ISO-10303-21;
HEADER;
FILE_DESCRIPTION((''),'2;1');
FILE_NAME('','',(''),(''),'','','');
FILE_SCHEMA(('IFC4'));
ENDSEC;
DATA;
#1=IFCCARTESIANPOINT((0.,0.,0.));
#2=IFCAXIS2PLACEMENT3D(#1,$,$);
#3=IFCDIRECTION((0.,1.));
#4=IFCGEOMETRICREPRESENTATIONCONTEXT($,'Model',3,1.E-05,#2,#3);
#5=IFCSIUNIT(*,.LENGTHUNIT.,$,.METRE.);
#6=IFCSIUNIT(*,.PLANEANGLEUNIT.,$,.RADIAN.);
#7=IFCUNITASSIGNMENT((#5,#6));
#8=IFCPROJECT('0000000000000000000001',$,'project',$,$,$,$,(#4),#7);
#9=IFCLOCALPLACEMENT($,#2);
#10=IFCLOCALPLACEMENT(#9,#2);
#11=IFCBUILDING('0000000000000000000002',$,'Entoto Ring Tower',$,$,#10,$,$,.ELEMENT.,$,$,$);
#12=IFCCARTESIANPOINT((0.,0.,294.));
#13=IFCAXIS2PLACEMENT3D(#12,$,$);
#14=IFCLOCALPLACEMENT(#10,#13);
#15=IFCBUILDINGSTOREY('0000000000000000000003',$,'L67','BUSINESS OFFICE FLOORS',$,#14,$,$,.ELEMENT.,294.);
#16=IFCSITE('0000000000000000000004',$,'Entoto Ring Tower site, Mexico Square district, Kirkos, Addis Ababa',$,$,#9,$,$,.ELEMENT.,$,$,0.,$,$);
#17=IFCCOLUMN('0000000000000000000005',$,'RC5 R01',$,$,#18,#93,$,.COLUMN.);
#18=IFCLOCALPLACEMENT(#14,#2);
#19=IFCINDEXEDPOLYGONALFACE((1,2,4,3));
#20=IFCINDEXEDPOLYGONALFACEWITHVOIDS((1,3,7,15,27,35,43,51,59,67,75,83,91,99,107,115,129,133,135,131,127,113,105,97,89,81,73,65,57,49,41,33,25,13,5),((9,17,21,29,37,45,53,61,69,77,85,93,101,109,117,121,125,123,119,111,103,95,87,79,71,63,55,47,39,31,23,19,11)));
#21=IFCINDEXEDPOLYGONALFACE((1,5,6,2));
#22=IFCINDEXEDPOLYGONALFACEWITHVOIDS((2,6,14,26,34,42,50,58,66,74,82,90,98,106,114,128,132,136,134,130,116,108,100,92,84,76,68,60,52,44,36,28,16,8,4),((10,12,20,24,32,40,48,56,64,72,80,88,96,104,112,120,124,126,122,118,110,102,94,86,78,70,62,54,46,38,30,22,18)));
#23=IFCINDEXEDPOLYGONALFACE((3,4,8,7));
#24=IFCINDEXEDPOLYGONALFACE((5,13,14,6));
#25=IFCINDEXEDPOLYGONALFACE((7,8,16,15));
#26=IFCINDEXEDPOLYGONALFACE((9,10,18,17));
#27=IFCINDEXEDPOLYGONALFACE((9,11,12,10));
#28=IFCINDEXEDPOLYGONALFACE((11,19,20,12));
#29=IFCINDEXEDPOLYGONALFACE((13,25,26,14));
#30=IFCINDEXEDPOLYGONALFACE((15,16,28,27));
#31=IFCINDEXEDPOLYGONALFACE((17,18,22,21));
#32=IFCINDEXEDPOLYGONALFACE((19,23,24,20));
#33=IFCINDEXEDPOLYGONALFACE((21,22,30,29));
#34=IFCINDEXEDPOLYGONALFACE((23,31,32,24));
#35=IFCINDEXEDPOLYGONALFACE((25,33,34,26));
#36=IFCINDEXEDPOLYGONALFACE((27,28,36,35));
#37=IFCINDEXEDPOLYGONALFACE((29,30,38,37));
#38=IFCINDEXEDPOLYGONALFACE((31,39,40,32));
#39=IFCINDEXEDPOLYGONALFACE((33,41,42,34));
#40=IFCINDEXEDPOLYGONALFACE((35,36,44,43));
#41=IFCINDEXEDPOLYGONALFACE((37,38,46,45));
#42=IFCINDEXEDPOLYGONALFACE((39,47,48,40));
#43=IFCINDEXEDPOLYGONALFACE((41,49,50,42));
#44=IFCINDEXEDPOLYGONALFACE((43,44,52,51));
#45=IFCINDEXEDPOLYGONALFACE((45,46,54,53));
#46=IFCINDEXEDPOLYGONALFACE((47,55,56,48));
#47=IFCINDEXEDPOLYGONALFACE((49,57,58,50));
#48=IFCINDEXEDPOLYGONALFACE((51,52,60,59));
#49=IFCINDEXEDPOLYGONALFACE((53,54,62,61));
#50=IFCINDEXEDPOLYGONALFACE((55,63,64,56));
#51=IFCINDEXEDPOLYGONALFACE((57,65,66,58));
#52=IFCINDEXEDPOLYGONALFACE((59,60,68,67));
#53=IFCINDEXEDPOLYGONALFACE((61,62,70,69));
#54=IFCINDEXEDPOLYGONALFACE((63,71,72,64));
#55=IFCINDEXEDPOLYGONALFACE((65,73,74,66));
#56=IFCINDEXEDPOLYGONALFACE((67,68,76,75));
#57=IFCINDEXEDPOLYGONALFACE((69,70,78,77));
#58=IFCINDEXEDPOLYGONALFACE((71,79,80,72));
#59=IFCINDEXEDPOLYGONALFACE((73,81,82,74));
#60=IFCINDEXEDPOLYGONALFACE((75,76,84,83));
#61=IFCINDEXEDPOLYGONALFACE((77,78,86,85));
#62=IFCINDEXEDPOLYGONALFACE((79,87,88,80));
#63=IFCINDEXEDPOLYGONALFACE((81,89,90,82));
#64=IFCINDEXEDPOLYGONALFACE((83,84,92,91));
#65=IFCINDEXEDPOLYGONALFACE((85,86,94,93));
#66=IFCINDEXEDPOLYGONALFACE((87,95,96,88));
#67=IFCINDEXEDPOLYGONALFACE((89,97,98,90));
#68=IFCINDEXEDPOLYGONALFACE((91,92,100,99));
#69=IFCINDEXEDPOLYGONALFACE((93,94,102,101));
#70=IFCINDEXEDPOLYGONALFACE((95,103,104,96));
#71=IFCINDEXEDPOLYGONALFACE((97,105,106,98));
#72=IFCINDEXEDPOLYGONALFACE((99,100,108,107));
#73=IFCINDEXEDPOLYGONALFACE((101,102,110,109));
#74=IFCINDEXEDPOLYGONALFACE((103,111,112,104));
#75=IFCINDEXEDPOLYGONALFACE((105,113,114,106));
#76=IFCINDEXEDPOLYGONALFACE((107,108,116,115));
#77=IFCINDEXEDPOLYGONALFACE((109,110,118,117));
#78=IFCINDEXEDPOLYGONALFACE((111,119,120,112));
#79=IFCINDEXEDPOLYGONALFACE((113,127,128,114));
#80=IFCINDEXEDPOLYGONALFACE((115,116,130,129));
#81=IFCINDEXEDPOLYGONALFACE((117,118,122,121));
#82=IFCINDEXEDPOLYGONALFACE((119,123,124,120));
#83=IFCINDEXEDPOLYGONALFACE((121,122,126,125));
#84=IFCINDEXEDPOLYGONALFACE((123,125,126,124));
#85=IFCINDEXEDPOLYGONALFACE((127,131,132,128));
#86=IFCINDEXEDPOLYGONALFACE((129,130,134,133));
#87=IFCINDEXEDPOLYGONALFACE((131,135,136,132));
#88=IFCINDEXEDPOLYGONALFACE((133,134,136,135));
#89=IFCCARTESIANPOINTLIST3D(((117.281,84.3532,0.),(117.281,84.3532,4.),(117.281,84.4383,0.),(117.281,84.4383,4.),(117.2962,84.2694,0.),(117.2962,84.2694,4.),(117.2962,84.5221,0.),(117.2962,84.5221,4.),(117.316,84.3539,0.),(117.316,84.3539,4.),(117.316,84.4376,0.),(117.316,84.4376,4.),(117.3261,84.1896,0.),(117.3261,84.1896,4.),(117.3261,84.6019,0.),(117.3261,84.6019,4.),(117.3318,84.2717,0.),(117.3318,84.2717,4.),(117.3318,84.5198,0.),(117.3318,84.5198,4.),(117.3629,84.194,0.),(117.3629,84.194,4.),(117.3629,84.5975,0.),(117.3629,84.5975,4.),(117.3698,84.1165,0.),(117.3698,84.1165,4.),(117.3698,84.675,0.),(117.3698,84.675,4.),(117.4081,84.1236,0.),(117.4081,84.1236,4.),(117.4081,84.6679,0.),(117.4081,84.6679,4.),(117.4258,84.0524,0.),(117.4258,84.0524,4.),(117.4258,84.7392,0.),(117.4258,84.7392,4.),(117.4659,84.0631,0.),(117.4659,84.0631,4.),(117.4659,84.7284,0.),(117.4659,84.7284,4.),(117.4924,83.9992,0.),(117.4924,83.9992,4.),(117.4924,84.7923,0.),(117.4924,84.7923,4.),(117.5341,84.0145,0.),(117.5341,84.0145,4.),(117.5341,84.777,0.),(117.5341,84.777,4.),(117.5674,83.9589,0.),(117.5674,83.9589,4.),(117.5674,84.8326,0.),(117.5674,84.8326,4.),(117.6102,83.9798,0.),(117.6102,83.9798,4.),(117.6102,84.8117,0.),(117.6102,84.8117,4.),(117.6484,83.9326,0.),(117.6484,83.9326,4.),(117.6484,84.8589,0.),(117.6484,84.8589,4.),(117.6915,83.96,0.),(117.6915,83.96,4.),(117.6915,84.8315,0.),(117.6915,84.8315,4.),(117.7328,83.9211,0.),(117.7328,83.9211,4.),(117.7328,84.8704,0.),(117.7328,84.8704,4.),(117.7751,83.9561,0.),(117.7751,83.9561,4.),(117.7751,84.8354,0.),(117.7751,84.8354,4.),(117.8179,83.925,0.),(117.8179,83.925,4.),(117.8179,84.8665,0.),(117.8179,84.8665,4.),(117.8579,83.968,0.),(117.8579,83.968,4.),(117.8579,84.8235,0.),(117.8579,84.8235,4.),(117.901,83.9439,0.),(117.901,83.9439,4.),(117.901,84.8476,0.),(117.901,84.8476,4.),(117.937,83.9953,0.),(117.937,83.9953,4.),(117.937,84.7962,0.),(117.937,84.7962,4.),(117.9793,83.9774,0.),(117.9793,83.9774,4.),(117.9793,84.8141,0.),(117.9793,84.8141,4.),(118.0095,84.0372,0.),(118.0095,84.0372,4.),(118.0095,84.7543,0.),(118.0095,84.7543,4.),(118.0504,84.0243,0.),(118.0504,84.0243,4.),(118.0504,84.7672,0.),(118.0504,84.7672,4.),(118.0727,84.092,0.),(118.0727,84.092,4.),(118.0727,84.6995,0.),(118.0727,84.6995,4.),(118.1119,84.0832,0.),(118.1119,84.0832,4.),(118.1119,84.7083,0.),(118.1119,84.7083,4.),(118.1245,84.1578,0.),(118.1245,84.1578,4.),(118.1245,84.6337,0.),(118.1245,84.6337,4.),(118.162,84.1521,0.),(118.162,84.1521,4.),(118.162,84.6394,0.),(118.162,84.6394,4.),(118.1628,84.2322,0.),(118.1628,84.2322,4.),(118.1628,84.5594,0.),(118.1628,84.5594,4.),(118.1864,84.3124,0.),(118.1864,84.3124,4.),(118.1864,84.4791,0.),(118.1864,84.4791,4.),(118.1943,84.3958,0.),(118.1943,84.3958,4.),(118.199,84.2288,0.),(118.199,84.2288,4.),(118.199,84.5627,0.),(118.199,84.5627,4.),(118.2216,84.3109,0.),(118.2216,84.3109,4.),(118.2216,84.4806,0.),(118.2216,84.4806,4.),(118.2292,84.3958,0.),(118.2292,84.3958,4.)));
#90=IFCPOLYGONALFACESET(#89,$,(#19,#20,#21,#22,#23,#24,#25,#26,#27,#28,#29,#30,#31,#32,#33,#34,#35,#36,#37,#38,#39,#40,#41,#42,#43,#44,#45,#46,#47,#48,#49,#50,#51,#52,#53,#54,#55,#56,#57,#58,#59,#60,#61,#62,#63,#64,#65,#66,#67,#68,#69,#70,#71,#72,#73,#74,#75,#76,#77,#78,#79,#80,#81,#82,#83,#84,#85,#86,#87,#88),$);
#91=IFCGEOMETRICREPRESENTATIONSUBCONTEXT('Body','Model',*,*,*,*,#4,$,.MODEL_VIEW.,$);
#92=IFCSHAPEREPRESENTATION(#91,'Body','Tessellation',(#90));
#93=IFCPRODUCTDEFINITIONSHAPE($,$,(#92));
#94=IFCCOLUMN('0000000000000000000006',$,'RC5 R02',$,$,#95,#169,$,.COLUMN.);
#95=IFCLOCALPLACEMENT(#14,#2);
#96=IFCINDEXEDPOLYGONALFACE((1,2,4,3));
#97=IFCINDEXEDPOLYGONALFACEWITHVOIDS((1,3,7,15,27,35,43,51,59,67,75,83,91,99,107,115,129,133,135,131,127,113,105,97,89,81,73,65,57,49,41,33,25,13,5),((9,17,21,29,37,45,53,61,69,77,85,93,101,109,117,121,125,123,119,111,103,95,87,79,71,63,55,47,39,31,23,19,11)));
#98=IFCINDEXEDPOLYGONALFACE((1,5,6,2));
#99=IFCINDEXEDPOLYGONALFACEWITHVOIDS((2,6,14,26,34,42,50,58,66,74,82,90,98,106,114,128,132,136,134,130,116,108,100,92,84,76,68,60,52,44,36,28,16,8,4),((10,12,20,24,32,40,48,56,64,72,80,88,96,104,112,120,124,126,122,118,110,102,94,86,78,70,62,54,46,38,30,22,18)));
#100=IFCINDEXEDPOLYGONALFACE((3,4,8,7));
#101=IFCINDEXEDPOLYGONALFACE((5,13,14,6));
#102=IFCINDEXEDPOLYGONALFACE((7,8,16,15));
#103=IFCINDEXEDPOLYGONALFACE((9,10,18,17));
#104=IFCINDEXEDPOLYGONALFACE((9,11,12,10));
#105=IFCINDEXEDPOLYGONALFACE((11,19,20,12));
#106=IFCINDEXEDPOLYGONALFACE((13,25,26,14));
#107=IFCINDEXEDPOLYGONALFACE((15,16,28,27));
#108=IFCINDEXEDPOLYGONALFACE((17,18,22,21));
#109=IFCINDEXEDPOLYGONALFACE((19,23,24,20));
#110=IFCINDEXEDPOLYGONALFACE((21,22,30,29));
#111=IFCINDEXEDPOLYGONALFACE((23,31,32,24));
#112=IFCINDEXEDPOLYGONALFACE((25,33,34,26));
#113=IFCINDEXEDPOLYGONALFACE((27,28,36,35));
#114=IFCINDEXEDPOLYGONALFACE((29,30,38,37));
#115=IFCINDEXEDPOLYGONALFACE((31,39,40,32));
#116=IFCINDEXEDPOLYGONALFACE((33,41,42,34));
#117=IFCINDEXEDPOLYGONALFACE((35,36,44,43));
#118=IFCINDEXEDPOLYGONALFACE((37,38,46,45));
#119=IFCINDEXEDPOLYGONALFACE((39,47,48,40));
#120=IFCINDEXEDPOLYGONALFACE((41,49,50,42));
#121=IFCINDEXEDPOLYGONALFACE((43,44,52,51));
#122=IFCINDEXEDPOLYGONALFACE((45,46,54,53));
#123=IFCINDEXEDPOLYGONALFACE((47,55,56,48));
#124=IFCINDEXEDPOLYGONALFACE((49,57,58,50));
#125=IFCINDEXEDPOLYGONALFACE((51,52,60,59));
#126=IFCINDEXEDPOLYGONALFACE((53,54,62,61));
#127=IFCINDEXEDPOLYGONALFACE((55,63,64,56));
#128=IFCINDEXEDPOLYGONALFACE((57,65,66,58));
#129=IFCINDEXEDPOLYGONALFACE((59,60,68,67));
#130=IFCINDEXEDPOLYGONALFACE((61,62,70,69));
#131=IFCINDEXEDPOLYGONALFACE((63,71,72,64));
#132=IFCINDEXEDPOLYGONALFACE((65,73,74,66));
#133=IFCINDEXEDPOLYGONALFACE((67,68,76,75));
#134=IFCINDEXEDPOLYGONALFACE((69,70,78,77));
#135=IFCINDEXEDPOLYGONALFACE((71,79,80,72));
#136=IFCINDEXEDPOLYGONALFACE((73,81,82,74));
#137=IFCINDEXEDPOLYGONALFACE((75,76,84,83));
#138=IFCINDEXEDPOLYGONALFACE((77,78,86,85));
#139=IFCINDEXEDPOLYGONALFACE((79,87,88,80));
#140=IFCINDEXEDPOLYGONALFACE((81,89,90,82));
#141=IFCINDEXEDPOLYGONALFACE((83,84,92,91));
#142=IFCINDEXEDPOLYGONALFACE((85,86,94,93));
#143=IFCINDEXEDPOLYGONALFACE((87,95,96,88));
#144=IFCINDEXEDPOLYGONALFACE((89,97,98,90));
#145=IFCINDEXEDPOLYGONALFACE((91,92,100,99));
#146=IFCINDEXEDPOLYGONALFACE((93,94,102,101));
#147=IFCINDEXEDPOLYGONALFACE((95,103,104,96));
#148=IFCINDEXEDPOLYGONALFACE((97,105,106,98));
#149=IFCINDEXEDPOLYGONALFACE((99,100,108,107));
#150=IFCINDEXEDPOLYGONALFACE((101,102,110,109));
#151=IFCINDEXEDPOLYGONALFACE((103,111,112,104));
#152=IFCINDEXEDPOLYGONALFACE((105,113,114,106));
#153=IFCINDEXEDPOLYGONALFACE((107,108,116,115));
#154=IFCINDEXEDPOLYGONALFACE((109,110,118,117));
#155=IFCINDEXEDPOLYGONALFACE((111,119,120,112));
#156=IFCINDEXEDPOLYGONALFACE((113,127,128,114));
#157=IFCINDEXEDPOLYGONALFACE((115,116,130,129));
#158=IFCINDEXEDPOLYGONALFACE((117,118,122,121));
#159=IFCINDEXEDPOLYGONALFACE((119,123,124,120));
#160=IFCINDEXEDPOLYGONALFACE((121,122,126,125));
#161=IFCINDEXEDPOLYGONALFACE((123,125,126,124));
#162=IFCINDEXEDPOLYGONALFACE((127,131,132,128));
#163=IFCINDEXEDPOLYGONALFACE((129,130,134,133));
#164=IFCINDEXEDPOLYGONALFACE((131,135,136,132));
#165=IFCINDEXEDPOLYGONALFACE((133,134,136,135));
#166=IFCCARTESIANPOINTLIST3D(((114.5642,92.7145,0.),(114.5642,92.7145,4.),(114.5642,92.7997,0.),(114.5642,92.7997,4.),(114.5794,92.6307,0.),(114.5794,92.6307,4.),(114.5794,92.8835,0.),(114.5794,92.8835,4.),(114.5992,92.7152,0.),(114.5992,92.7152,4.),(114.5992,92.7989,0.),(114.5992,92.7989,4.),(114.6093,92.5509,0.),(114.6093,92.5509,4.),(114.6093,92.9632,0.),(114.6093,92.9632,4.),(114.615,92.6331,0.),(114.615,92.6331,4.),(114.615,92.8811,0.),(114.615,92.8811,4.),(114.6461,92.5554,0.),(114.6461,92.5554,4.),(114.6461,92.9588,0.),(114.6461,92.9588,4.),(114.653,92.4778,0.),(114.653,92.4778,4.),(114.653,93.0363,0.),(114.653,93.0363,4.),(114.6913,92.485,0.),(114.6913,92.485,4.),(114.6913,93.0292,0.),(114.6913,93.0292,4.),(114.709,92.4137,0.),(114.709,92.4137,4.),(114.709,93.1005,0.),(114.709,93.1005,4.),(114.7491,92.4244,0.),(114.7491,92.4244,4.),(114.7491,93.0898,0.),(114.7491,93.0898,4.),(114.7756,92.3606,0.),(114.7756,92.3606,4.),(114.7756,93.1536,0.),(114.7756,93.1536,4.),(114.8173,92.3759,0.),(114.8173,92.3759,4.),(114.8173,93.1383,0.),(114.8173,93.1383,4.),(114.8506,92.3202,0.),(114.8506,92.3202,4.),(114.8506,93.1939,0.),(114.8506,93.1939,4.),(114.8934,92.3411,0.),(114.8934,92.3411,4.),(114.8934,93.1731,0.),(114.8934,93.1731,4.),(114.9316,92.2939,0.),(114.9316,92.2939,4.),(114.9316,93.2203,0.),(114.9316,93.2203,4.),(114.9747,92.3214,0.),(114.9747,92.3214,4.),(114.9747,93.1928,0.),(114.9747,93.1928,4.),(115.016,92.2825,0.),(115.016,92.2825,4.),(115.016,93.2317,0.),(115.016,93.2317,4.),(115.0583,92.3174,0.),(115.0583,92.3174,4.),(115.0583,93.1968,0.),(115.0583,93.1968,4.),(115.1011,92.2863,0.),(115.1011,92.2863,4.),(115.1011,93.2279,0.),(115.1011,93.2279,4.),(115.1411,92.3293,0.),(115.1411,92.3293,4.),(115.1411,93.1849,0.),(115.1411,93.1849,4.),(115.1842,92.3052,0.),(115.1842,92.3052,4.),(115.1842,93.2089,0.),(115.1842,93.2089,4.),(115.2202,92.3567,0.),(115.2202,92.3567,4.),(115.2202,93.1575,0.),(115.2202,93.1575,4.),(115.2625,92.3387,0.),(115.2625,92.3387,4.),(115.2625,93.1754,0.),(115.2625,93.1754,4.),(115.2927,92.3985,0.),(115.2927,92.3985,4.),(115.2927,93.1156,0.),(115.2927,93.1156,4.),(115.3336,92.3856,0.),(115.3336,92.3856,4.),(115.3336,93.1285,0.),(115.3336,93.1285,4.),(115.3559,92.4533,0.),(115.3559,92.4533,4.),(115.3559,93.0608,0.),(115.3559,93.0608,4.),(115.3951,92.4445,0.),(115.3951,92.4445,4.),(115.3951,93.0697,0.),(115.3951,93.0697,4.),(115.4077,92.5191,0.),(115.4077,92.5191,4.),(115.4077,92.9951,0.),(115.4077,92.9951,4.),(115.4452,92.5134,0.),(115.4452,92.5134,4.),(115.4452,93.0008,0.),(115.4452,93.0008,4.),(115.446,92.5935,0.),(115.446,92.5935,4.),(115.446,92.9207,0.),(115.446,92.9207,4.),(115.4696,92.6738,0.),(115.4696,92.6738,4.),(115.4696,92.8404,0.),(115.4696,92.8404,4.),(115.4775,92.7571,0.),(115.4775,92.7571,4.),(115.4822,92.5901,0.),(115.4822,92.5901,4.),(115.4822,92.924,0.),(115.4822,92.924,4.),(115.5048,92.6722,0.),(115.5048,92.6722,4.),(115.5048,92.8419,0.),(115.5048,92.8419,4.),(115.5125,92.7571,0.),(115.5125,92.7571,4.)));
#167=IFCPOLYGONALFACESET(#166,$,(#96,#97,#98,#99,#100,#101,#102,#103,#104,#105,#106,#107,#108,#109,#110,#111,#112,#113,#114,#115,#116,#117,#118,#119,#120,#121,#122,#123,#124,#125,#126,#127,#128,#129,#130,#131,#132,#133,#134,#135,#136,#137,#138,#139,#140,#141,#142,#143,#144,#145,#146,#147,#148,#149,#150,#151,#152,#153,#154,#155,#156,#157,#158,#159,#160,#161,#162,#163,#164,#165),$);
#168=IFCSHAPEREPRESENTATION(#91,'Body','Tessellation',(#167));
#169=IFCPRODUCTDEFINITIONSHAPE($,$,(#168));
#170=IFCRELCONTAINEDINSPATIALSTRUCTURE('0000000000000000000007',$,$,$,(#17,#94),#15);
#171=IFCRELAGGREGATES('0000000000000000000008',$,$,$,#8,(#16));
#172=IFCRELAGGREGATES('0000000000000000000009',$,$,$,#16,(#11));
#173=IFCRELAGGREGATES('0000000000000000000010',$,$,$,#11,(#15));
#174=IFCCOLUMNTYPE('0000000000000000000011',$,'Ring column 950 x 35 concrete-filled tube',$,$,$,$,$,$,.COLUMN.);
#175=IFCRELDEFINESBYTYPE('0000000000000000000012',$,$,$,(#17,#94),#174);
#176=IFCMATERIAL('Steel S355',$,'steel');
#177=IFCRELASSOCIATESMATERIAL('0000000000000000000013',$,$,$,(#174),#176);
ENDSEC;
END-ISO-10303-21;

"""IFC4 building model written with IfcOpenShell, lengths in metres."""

from ifc_helpers import new_model, si_unit, direction, frame, origin, origin_2d, place, context, subcontext, project, spatial, circle, hollow_circle, extrude, material, material_profile, profile_set, type_object, element, save


model = new_model("IFC4")

# Units and contexts
model_context = context("Model", 3, precision=1e-05, world=origin(), true_north=direction((0.0, 1.0)))
body_context = subcontext(model_context, "Body", "Model", "MODEL_VIEW")
ifc_project = project(units=[si_unit("LENGTHUNIT", "METRE"), si_unit("PLANEANGLEUNIT", "RADIAN")], contexts=[model_context])

# Site, building, storey
site_placement = place(None, origin())
site = spatial("IfcSite", under=ifc_project, at=site_placement, Name="Entoto Ring Tower site, Mexico Square district, Kirkos, Addis Ababa", CompositionType="ELEMENT", RefElevation=0.0)
building_placement = place(site_placement, origin())
building = spatial("IfcBuilding", under=site, at=building_placement, Name="Entoto Ring Tower", CompositionType="ELEMENT")
storey_placement = place(building_placement, frame((0.0, 0.0, 294.0)))
storey = spatial("IfcBuildingStorey", under=building, at=storey_placement, Name="L67", Description="BUSINESS OFFICE FLOORS", CompositionType="ELEMENT", Elevation=294.0)

# Columns
ifc_material_1 = material(Name="Steel S355", Category="steel")
ifc_material_profile_1 = material_profile(ifc_material_1, hollow_circle(Radius=0.4751, WallThickness=0.0349, at=origin_2d()), Name="CHS 950 x 35")
ifc_material_2 = material(Name="Concrete C60/75", Category="concrete")
ifc_material_profile_2 = material_profile(ifc_material_2, circle(Radius=0.4399, at=origin_2d()), Name="Concrete C60/75 infill")
ifc_profile_set_1 = profile_set([ifc_material_profile_1, ifc_material_profile_2], Name="Steel S355")
column_type = type_object("IfcColumnType", Name="Ring column 950 x 35 concrete-filled tube", PredefinedType="COLUMN", material=ifc_profile_set_1)
for number, where, z_axis, x_axis, name in (
    (1, (117.7542, 84.3958, 0.0), (0.0, 0.0, 1.0), (1.0, 0.0, 0.0), "RC5 R01"),
    (2, (115.0374, 92.7571, 0.0), (0.0, 0.0, 1.0), (1.0, 0.0, 0.0), "RC5 R02"),
):
    element("IfcColumn", number, at=place(storey_placement, frame(where, z_axis=z_axis, x_axis=x_axis)), inside=storey, type_object=column_type, Name=name, PredefinedType="COLUMN", context=body_context, shape_type="SweptSolid", body=[
        extrude(hollow_circle(Radius=0.4751, WallThickness=0.0349, at=origin_2d()), origin(), (0.0, 0.0, 1.0), 4.0),
    ])

save(model, "model.ifc")
